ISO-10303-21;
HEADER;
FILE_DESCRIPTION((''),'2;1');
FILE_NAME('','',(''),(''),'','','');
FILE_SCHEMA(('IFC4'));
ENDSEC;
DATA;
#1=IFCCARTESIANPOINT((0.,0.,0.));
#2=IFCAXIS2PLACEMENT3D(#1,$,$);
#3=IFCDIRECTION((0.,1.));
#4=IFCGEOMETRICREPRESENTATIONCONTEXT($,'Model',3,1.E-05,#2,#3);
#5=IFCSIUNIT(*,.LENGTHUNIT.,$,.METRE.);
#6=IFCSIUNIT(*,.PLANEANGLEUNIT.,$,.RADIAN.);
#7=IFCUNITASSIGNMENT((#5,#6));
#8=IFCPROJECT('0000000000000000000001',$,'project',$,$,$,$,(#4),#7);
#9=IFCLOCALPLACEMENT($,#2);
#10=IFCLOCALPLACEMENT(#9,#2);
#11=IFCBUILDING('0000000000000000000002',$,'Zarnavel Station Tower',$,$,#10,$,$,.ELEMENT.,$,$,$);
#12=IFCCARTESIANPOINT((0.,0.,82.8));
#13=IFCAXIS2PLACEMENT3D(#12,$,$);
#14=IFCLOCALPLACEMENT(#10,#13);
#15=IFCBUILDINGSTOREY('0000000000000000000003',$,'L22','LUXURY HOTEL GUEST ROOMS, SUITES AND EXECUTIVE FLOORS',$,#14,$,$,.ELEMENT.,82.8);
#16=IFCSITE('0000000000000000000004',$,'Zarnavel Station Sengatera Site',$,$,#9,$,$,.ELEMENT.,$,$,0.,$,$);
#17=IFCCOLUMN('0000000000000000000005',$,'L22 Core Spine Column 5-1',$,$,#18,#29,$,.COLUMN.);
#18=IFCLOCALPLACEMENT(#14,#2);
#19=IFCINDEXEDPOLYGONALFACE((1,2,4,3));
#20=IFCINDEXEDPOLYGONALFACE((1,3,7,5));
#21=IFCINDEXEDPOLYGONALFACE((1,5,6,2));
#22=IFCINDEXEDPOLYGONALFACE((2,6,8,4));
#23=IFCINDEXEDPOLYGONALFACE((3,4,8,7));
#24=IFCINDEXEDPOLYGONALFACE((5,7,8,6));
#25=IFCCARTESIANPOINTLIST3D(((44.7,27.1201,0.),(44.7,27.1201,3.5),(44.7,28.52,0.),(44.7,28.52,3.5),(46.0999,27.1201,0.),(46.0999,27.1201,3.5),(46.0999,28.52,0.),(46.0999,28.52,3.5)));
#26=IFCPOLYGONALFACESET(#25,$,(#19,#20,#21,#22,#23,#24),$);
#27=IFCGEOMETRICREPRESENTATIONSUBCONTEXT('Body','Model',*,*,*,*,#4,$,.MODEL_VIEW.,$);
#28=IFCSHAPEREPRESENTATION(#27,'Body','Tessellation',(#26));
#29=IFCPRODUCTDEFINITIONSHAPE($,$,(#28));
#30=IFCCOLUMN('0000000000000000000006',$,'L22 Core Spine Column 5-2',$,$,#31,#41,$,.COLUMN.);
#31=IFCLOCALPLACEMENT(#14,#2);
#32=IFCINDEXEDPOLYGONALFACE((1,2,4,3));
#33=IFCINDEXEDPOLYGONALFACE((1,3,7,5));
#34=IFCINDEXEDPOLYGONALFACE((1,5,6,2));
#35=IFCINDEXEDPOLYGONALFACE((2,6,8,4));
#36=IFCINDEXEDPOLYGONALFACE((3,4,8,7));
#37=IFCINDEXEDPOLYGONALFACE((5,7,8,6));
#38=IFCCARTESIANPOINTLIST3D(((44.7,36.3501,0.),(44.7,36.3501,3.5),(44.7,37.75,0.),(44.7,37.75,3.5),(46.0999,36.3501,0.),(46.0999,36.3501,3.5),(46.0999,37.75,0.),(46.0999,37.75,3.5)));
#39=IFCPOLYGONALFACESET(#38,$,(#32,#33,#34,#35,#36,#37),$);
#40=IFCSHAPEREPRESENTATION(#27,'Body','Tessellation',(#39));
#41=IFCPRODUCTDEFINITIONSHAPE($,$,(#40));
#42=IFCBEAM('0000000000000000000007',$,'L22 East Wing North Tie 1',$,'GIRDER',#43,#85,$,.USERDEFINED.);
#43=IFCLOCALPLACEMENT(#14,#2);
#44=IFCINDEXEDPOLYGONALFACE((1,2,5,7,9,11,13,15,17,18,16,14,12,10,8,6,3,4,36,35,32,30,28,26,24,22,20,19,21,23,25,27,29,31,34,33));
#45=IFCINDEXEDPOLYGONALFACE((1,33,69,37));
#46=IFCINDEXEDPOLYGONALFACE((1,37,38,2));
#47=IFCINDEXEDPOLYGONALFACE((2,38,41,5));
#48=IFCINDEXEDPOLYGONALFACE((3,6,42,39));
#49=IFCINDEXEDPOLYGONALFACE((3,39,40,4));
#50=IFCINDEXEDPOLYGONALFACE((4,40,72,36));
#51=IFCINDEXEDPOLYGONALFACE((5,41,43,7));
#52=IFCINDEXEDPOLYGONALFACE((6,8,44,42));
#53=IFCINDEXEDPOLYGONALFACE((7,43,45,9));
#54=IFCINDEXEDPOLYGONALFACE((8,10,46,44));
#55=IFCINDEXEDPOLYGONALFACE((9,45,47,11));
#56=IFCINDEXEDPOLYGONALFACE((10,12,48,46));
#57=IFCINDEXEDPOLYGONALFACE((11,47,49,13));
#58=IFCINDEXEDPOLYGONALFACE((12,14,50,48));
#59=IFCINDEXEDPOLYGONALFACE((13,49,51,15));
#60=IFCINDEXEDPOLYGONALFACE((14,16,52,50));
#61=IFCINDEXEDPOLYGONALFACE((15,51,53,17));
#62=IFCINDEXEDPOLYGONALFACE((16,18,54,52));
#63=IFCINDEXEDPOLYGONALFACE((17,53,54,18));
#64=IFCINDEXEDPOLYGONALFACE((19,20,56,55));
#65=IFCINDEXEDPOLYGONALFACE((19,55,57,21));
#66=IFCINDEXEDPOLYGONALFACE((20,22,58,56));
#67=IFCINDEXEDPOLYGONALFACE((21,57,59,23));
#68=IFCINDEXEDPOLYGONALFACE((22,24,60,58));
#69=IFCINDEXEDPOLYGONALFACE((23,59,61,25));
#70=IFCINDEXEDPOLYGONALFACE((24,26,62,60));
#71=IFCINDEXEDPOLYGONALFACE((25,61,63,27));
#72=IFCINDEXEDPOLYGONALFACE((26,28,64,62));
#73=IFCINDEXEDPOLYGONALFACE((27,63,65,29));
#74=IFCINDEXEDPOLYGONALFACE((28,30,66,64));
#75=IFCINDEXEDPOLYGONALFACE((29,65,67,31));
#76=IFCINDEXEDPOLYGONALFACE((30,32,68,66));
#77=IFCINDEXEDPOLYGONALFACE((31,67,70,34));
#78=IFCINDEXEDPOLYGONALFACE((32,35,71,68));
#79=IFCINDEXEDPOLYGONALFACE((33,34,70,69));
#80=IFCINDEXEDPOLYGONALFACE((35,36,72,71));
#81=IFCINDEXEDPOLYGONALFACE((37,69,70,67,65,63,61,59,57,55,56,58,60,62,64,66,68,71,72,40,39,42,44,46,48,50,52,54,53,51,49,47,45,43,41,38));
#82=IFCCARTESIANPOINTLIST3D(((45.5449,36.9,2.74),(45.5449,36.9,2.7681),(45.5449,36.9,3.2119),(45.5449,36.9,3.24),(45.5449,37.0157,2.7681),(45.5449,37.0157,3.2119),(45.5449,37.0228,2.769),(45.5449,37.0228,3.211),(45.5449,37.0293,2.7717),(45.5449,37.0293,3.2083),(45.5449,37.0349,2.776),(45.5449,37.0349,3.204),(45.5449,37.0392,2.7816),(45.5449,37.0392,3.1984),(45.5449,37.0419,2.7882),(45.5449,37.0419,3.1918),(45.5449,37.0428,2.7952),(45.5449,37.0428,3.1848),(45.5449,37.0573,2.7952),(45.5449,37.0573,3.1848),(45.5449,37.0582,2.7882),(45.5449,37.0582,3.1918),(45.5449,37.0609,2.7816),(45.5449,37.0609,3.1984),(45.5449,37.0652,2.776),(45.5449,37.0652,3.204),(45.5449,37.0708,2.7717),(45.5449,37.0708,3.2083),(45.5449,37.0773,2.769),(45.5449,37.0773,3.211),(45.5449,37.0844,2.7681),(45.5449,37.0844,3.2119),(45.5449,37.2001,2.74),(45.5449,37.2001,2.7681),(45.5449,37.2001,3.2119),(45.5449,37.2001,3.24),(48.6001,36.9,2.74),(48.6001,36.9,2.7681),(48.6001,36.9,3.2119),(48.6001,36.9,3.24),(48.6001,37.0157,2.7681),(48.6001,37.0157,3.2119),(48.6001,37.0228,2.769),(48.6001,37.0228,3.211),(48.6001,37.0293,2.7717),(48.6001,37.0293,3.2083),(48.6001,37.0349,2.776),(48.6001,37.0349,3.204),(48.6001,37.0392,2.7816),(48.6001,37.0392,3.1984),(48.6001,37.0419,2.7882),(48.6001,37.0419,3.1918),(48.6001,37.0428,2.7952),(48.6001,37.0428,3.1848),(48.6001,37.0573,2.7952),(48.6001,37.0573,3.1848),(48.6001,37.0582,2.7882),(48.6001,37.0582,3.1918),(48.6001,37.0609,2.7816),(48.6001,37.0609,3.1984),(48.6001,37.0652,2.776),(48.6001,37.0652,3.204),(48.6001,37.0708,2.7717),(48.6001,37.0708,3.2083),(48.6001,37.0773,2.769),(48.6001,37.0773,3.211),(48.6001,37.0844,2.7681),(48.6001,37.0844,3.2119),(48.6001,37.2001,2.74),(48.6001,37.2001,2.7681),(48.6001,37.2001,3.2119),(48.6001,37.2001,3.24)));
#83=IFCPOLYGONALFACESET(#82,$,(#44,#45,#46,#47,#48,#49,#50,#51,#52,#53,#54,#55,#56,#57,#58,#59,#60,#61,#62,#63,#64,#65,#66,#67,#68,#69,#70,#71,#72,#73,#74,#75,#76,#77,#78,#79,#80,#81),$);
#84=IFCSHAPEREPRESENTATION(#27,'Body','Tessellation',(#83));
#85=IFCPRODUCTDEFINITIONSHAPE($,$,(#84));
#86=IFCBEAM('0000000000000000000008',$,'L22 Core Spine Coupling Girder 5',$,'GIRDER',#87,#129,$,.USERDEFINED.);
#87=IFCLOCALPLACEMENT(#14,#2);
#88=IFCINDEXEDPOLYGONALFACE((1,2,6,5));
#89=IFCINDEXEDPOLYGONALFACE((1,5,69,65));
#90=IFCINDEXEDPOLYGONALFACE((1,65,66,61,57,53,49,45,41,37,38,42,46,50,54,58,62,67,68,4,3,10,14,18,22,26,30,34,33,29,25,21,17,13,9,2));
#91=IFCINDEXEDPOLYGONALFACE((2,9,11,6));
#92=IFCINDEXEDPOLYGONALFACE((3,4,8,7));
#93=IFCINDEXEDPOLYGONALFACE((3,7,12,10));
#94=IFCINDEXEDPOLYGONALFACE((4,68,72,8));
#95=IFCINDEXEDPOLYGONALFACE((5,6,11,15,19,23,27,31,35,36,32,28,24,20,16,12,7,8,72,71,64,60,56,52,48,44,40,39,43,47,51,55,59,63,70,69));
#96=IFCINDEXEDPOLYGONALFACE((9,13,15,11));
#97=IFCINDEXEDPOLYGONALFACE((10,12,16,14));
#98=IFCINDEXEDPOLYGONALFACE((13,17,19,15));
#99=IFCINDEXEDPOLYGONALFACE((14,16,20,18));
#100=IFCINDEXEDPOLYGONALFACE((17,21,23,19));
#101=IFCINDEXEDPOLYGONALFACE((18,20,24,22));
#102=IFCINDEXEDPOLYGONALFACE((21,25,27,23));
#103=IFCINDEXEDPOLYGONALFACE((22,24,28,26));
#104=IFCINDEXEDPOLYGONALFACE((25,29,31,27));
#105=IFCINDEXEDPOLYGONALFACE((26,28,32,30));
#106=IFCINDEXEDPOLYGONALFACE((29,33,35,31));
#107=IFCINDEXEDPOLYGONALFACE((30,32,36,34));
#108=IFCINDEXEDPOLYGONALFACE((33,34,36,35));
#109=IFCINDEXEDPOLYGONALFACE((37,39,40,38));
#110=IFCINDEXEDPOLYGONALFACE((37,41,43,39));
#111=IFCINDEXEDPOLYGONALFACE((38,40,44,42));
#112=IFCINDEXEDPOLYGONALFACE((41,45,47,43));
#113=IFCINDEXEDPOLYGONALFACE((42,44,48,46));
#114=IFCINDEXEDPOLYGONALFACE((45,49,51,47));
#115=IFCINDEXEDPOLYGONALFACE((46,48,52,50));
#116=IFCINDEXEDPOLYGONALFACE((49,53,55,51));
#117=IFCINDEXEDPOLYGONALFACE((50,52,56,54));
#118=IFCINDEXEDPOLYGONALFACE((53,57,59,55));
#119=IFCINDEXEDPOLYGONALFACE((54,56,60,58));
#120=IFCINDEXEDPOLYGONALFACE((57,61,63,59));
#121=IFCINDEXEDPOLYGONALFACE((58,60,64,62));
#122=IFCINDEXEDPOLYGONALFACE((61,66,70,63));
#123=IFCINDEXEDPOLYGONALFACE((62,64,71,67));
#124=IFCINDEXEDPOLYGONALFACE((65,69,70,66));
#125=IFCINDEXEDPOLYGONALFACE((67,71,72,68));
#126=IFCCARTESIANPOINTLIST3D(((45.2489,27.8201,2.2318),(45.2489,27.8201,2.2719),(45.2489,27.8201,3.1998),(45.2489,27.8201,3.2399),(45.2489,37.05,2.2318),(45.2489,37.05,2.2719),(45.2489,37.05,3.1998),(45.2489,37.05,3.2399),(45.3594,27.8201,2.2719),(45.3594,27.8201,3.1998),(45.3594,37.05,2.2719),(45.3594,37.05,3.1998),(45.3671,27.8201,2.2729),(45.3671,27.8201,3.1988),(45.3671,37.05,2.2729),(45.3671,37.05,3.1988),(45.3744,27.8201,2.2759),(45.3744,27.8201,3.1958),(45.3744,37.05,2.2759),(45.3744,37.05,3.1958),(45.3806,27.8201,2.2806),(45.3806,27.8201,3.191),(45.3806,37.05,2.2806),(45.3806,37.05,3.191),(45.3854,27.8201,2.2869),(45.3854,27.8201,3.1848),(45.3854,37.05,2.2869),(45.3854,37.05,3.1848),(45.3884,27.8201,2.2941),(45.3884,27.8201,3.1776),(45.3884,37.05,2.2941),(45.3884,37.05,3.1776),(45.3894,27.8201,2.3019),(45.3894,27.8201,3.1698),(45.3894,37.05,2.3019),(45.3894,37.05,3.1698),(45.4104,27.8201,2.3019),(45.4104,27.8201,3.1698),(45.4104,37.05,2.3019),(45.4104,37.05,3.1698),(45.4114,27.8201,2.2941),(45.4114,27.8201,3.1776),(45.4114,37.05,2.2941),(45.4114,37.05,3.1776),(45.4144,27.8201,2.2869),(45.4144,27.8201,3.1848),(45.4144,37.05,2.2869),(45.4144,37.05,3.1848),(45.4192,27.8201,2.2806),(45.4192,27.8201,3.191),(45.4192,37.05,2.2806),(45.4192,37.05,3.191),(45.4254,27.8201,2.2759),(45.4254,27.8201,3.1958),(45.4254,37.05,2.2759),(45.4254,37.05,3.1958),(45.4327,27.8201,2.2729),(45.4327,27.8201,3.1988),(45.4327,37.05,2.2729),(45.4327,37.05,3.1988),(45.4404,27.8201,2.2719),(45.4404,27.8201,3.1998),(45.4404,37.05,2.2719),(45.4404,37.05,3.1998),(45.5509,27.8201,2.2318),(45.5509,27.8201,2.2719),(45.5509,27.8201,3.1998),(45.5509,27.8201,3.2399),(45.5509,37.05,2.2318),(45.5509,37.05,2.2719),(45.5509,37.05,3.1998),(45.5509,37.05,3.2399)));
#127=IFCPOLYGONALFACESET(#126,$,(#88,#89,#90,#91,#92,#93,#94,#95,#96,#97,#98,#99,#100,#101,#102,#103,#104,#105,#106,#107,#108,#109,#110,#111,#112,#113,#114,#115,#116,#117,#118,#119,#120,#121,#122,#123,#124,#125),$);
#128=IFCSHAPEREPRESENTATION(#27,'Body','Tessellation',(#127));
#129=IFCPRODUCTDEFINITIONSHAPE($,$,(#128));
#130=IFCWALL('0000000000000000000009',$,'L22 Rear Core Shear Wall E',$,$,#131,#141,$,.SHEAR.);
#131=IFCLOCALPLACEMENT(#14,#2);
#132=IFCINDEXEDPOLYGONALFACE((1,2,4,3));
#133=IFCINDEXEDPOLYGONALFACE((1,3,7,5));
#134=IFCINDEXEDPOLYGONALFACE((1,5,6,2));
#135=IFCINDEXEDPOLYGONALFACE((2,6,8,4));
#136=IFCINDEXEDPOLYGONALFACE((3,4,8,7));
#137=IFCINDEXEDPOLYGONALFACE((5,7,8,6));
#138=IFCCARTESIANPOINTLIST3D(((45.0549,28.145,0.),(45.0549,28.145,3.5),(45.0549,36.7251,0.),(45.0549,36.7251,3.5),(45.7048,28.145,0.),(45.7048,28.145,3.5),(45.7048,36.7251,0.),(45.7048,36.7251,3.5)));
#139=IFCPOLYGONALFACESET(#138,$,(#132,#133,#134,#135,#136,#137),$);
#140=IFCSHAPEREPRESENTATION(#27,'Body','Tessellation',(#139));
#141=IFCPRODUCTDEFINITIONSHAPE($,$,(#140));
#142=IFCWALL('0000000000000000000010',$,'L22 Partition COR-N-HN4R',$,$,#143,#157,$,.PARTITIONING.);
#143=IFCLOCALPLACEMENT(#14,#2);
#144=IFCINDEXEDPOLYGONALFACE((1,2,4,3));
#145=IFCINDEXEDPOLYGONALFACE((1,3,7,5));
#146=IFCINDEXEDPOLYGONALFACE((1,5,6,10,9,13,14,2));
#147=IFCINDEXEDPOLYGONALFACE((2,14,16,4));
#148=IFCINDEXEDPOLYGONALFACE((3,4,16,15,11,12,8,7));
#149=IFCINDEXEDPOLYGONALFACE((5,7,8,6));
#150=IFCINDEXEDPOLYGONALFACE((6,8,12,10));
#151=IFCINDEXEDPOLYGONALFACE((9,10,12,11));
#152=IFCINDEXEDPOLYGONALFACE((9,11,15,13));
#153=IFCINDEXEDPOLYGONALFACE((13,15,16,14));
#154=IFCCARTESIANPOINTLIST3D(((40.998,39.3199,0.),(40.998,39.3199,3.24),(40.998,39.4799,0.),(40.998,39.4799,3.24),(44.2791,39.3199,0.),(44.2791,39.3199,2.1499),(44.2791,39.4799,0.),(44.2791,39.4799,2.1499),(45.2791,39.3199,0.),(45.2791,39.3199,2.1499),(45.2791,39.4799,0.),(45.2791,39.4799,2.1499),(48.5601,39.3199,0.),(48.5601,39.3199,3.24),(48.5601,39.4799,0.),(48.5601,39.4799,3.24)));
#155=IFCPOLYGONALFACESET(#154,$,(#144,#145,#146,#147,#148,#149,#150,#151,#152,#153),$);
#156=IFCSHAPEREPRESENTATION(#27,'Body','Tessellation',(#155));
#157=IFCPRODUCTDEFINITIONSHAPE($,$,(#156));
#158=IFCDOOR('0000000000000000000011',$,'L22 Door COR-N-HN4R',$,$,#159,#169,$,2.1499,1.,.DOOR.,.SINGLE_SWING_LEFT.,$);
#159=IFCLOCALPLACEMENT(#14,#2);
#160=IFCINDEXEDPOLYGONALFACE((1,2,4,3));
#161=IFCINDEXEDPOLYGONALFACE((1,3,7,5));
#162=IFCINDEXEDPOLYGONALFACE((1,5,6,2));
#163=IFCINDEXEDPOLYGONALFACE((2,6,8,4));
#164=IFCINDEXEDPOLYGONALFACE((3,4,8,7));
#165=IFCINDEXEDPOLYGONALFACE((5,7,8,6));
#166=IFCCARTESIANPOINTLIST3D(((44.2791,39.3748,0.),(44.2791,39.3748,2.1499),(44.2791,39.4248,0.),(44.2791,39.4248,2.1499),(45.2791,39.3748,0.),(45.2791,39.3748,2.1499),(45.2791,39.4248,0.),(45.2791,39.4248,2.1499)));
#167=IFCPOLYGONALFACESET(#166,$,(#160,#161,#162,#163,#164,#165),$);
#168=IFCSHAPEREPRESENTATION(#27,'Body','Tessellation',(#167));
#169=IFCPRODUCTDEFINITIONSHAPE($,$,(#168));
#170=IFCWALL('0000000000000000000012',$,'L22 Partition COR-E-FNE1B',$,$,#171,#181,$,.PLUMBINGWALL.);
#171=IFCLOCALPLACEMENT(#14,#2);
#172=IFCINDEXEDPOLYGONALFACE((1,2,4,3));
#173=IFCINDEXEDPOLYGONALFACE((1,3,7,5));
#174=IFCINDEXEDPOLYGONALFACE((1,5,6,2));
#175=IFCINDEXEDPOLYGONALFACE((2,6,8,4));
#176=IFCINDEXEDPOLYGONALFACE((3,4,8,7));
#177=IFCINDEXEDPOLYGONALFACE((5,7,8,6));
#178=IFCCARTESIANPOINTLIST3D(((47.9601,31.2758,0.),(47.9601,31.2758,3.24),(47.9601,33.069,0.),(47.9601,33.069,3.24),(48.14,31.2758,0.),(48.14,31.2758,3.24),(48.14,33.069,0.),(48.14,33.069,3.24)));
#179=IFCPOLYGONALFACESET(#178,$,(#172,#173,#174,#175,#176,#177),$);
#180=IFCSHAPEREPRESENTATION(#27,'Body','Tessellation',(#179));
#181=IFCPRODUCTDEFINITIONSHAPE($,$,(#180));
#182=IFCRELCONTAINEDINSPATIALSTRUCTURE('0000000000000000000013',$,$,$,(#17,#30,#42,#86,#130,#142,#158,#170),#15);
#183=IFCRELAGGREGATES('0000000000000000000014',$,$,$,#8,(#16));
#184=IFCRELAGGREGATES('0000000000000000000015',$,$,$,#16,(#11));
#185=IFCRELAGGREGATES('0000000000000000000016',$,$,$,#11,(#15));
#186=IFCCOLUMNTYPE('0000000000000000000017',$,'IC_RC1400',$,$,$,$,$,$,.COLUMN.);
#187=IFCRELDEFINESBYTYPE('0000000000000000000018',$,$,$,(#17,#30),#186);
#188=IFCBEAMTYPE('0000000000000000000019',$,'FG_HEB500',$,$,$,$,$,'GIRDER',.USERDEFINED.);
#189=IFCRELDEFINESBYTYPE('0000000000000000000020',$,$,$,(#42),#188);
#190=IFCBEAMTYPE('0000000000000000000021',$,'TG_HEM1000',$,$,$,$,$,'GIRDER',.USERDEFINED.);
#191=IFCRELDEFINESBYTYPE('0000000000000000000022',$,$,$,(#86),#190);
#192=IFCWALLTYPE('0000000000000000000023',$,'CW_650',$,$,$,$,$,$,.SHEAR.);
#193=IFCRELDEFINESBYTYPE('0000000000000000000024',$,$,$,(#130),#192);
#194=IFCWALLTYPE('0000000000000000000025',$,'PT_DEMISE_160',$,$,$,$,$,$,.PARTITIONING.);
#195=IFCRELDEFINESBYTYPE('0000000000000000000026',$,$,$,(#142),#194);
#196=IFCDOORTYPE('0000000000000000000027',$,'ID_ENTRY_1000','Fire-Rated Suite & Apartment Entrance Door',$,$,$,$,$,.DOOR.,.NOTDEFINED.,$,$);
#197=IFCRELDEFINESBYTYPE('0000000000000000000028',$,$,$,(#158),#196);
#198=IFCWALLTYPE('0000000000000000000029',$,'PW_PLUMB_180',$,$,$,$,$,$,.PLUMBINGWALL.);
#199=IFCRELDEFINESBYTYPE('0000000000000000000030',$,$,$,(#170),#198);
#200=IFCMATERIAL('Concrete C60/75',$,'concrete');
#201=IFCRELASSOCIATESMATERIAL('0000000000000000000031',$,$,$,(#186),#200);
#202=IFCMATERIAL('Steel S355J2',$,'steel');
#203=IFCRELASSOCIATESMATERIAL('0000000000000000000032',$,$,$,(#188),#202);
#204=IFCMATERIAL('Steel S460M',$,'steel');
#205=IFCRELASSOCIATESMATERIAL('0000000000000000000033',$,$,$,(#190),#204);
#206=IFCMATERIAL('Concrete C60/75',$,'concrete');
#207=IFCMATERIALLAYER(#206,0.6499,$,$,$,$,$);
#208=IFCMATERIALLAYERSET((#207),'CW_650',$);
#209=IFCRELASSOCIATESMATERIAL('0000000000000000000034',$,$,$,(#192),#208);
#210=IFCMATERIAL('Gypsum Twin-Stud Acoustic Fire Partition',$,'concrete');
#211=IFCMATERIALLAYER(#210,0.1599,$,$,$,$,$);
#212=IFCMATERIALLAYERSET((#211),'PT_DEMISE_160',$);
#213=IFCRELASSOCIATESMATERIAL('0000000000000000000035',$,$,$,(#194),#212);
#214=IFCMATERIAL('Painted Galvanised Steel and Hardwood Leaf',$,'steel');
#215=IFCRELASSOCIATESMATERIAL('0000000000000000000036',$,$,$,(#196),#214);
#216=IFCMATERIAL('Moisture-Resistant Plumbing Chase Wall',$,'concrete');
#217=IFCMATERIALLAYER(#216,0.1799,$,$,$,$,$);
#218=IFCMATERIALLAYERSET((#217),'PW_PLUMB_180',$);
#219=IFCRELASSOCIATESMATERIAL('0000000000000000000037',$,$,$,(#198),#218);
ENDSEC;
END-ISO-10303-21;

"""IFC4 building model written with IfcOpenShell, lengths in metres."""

from ifc_helpers import new_model, si_unit, direction, frame, frame_2d, origin, origin_2d, place, context, subcontext, project, spatial, rectangle, i_section, extrude, material, layer, layer_set, material_profile, profile_set, type_object, element, fill, save


model = new_model("IFC4")

# Units and contexts
model_context = context("Model", 3, precision=1e-05, world=origin(), true_north=direction((0.0, 1.0)))
body_context = subcontext(model_context, "Body", "Model", "MODEL_VIEW")
ifc_project = project(units=[si_unit("LENGTHUNIT", "METRE"), si_unit("PLANEANGLEUNIT", "RADIAN")], contexts=[model_context])

# Site, building, storey
site_placement = place(None, origin())
site = spatial("IfcSite", under=ifc_project, at=site_placement, Name="Zarnavel Station Sengatera Site", CompositionType="ELEMENT", RefElevation=0.0)
building_placement = place(site_placement, origin())
building = spatial("IfcBuilding", under=site, at=building_placement, Name="Zarnavel Station Tower", CompositionType="ELEMENT")
storey_placement = place(building_placement, frame((0.0, 0.0, 82.8)))
storey = spatial("IfcBuildingStorey", under=building, at=storey_placement, Name="L22", Description="LUXURY HOTEL GUEST ROOMS, SUITES AND EXECUTIVE FLOORS", CompositionType="ELEMENT", Elevation=82.8)

# Columns
ifc_material_1 = material(Name="Concrete C60/75", Category="concrete")
ifc_material_profile_1 = material_profile(ifc_material_1, rectangle(XDim=1.3999, YDim=1.3999, at=origin_2d()), Name="RC1400x1400")
ifc_profile_set_1 = profile_set([ifc_material_profile_1], Name="Concrete C60/75")
column_type = type_object("IfcColumnType", Name="IC_RC1400", PredefinedType="COLUMN", material=ifc_profile_set_1)
for number, where, z_axis, x_axis, name in (
    (1, (45.3999, 27.8201, 0.0), (0.0, 0.0, 1.0), (1.0, 0.0, 0.0), "L22 Core Spine Column 5-1"),
    (2, (45.3999, 37.05, 0.0), (0.0, 0.0, 1.0), (1.0, 0.0, 0.0), "L22 Core Spine Column 5-2"),
):
    element("IfcColumn", number, at=place(storey_placement, frame(where, z_axis=z_axis, x_axis=x_axis)), inside=storey, type_object=column_type, Name=name, PredefinedType="COLUMN", context=body_context, shape_type="SweptSolid", body=[
        extrude(rectangle(XDim=1.3999, YDim=1.3999, at=origin_2d()), origin(), (0.0, 0.0, 1.0), 3.5),
    ])

# Beams
ifc_material_2 = material(Name="Steel S355J2", Category="steel")
ifc_material_profile_2 = material_profile(ifc_material_2, i_section(OverallWidth=0.3, OverallDepth=0.5, WebThickness=0.0144, FlangeThickness=0.0281, FilletRadius=0.0271, at=origin_2d()), Name="HEB500")
ifc_profile_set_2 = profile_set([ifc_material_profile_2], Name="Steel S355J2")
beam_type_1 = type_object("IfcBeamType", Name="FG_HEB500", ElementType="GIRDER", PredefinedType="USERDEFINED", material=ifc_profile_set_2)
beam_1_placement = place(storey_placement, frame((45.5449, 37.05, 2.99), z_axis=(1.0, 0.0, 0.0), x_axis=(0.0, 1.0, 0.0)))
element("IfcBeam", 3, at=beam_1_placement, inside=storey, type_object=beam_type_1, Name="L22 East Wing North Tie 1", ObjectType="GIRDER", PredefinedType="USERDEFINED", context=body_context, shape_type="SweptSolid", body=[
    extrude(i_section(OverallWidth=0.3, OverallDepth=0.5, WebThickness=0.0144, FlangeThickness=0.0281, FilletRadius=0.0271, at=origin_2d()), origin(), (0.0, 0.0, 1.0), 3.0552),
])
ifc_material_3 = material(Name="Steel S460M", Category="steel")
ifc_material_profile_3 = material_profile(ifc_material_3, i_section(OverallWidth=0.302, OverallDepth=1.0081, WebThickness=0.021, FlangeThickness=0.04, FilletRadius=0.03, at=origin_2d()), Name="HEM1000")
ifc_profile_set_3 = profile_set([ifc_material_profile_3], Name="Steel S460M")
beam_type_2 = type_object("IfcBeamType", Name="TG_HEM1000", ElementType="GIRDER", PredefinedType="USERDEFINED", material=ifc_profile_set_3)
beam_2_placement = place(storey_placement, frame((45.3999, 27.8201, 2.7358), z_axis=(0.0, 1.0, 0.0), x_axis=(-1.0, 0.0, 0.0)))
element("IfcBeam", 4, at=beam_2_placement, inside=storey, type_object=beam_type_2, Name="L22 Core Spine Coupling Girder 5", ObjectType="GIRDER", PredefinedType="USERDEFINED", context=body_context, shape_type="SweptSolid", body=[
    extrude(i_section(OverallWidth=0.302, OverallDepth=1.0081, WebThickness=0.021, FlangeThickness=0.04, FilletRadius=0.03, at=origin_2d()), origin(), (0.0, 0.0, 1.0), 9.23),
])

# Wall
ifc_material_4 = material(Name="Concrete C60/75", Category="concrete")
ifc_layer_1 = layer(ifc_material_4, 0.6499)
ifc_layer_set_1 = layer_set([ifc_layer_1], Name="CW_650")
wall_type_1 = type_object("IfcWallType", Name="CW_650", PredefinedType="SHEAR", material=ifc_layer_set_1)
wall_1_placement = place(storey_placement, frame((45.3799, 28.145, 0.0), z_axis=(0.0, 0.0, 1.0), x_axis=(0.0, 1.0, 0.0)))
element("IfcWall", 5, at=wall_1_placement, inside=storey, type_object=wall_type_1, Name="L22 Rear Core Shear Wall E", PredefinedType="SHEAR", context=body_context, shape_type="SweptSolid", body=[
    extrude(rectangle(XDim=8.5801, YDim=0.6499, at=frame_2d((4.29, 0.0))), origin(), (0.0, 0.0, 1.0), 3.5),
])

# Wall, opening, door
ifc_material_5 = material(Name="Gypsum Twin-Stud Acoustic Fire Partition", Category="concrete")
ifc_layer_2 = layer(ifc_material_5, 0.1599)
ifc_layer_set_2 = layer_set([ifc_layer_2], Name="PT_DEMISE_160")
wall_type_2 = type_object("IfcWallType", Name="PT_DEMISE_160", PredefinedType="PARTITIONING", material=ifc_layer_set_2)
ifc_material_6 = material(Name="Painted Galvanised Steel and Hardwood Leaf", Category="steel")
door_type_1 = type_object("IfcDoorType", Name="ID_ENTRY_1000", Description="Fire-Rated Suite & Apartment Entrance Door", OperationType="NOTDEFINED", PredefinedType="DOOR", material=ifc_material_6)
wall_2_placement = place(storey_placement, frame((40.998, 39.3999, 0.0), z_axis=(0.0, 0.0, 1.0), x_axis=(1.0, 0.0, 0.0)))
wall_2 = element("IfcWall", 6, at=wall_2_placement, inside=storey, type_object=wall_type_2, Name="L22 Partition COR-N-HN4R", PredefinedType="PARTITIONING", context=body_context, shape_type="SweptSolid", body=[
    extrude(rectangle(XDim=7.562, YDim=0.1599, at=frame_2d((3.781, 0.0))), origin(), (0.0, 0.0, 1.0), 3.24),
])
opening_1_placement = place(wall_2_placement, frame((3.281, 0.0, 0.0)))
opening_1 = element("IfcOpeningElement", 7, at=opening_1_placement, cuts=wall_2, PredefinedType="OPENING", context=body_context, shape_type="SweptSolid", body=[
    extrude(rectangle(XDim=1.0, YDim=2.1499, at=frame_2d((0.5, 1.075))), frame((0.0, 0.0898, 0.0), z_axis=(0.0, -1.0, 0.0), x_axis=(1.0, 0.0, 0.0)), (0.0, 0.0, 1.0), 0.1799),
])
door_1_placement = place(opening_1_placement, origin())
door_1 = element("IfcDoor", 8, at=door_1_placement, inside=storey, type_object=door_type_1, Name="L22 Door COR-N-HN4R", OperationType="SINGLE_SWING_LEFT", OverallHeight=2.1499, OverallWidth=1.0, PredefinedType="DOOR", context=body_context, shape_type="SweptSolid", body=[
    extrude(rectangle(XDim=1.0, YDim=2.1499, at=frame_2d((0.5, 1.075))), frame((0.0, 0.0249, 0.0), z_axis=(0.0, -1.0, 0.0), x_axis=(1.0, 0.0, 0.0)), (0.0, 0.0, 1.0), 0.05),
])
fill(opening_1, door_1)

# Wall
ifc_material_7 = material(Name="Moisture-Resistant Plumbing Chase Wall", Category="concrete")
ifc_layer_3 = layer(ifc_material_7, 0.1799)
ifc_layer_set_3 = layer_set([ifc_layer_3], Name="PW_PLUMB_180")
wall_type_3 = type_object("IfcWallType", Name="PW_PLUMB_180", PredefinedType="PLUMBINGWALL", material=ifc_layer_set_3)
wall_3_placement = place(storey_placement, frame((48.05, 31.2759, 0.0), z_axis=(0.0, 0.0, 1.0), x_axis=(0.0, 1.0, 0.0)))
element("IfcWall", 9, at=wall_3_placement, inside=storey, type_object=wall_type_3, Name="L22 Partition COR-E-FNE1B", PredefinedType="PLUMBINGWALL", context=body_context, shape_type="SweptSolid", body=[
    extrude(rectangle(XDim=1.7932, YDim=0.1799, at=frame_2d((0.8965, 0.0))), origin(), (0.0, 0.0, 1.0), 3.24),
])

save(model, "model.ifc")
